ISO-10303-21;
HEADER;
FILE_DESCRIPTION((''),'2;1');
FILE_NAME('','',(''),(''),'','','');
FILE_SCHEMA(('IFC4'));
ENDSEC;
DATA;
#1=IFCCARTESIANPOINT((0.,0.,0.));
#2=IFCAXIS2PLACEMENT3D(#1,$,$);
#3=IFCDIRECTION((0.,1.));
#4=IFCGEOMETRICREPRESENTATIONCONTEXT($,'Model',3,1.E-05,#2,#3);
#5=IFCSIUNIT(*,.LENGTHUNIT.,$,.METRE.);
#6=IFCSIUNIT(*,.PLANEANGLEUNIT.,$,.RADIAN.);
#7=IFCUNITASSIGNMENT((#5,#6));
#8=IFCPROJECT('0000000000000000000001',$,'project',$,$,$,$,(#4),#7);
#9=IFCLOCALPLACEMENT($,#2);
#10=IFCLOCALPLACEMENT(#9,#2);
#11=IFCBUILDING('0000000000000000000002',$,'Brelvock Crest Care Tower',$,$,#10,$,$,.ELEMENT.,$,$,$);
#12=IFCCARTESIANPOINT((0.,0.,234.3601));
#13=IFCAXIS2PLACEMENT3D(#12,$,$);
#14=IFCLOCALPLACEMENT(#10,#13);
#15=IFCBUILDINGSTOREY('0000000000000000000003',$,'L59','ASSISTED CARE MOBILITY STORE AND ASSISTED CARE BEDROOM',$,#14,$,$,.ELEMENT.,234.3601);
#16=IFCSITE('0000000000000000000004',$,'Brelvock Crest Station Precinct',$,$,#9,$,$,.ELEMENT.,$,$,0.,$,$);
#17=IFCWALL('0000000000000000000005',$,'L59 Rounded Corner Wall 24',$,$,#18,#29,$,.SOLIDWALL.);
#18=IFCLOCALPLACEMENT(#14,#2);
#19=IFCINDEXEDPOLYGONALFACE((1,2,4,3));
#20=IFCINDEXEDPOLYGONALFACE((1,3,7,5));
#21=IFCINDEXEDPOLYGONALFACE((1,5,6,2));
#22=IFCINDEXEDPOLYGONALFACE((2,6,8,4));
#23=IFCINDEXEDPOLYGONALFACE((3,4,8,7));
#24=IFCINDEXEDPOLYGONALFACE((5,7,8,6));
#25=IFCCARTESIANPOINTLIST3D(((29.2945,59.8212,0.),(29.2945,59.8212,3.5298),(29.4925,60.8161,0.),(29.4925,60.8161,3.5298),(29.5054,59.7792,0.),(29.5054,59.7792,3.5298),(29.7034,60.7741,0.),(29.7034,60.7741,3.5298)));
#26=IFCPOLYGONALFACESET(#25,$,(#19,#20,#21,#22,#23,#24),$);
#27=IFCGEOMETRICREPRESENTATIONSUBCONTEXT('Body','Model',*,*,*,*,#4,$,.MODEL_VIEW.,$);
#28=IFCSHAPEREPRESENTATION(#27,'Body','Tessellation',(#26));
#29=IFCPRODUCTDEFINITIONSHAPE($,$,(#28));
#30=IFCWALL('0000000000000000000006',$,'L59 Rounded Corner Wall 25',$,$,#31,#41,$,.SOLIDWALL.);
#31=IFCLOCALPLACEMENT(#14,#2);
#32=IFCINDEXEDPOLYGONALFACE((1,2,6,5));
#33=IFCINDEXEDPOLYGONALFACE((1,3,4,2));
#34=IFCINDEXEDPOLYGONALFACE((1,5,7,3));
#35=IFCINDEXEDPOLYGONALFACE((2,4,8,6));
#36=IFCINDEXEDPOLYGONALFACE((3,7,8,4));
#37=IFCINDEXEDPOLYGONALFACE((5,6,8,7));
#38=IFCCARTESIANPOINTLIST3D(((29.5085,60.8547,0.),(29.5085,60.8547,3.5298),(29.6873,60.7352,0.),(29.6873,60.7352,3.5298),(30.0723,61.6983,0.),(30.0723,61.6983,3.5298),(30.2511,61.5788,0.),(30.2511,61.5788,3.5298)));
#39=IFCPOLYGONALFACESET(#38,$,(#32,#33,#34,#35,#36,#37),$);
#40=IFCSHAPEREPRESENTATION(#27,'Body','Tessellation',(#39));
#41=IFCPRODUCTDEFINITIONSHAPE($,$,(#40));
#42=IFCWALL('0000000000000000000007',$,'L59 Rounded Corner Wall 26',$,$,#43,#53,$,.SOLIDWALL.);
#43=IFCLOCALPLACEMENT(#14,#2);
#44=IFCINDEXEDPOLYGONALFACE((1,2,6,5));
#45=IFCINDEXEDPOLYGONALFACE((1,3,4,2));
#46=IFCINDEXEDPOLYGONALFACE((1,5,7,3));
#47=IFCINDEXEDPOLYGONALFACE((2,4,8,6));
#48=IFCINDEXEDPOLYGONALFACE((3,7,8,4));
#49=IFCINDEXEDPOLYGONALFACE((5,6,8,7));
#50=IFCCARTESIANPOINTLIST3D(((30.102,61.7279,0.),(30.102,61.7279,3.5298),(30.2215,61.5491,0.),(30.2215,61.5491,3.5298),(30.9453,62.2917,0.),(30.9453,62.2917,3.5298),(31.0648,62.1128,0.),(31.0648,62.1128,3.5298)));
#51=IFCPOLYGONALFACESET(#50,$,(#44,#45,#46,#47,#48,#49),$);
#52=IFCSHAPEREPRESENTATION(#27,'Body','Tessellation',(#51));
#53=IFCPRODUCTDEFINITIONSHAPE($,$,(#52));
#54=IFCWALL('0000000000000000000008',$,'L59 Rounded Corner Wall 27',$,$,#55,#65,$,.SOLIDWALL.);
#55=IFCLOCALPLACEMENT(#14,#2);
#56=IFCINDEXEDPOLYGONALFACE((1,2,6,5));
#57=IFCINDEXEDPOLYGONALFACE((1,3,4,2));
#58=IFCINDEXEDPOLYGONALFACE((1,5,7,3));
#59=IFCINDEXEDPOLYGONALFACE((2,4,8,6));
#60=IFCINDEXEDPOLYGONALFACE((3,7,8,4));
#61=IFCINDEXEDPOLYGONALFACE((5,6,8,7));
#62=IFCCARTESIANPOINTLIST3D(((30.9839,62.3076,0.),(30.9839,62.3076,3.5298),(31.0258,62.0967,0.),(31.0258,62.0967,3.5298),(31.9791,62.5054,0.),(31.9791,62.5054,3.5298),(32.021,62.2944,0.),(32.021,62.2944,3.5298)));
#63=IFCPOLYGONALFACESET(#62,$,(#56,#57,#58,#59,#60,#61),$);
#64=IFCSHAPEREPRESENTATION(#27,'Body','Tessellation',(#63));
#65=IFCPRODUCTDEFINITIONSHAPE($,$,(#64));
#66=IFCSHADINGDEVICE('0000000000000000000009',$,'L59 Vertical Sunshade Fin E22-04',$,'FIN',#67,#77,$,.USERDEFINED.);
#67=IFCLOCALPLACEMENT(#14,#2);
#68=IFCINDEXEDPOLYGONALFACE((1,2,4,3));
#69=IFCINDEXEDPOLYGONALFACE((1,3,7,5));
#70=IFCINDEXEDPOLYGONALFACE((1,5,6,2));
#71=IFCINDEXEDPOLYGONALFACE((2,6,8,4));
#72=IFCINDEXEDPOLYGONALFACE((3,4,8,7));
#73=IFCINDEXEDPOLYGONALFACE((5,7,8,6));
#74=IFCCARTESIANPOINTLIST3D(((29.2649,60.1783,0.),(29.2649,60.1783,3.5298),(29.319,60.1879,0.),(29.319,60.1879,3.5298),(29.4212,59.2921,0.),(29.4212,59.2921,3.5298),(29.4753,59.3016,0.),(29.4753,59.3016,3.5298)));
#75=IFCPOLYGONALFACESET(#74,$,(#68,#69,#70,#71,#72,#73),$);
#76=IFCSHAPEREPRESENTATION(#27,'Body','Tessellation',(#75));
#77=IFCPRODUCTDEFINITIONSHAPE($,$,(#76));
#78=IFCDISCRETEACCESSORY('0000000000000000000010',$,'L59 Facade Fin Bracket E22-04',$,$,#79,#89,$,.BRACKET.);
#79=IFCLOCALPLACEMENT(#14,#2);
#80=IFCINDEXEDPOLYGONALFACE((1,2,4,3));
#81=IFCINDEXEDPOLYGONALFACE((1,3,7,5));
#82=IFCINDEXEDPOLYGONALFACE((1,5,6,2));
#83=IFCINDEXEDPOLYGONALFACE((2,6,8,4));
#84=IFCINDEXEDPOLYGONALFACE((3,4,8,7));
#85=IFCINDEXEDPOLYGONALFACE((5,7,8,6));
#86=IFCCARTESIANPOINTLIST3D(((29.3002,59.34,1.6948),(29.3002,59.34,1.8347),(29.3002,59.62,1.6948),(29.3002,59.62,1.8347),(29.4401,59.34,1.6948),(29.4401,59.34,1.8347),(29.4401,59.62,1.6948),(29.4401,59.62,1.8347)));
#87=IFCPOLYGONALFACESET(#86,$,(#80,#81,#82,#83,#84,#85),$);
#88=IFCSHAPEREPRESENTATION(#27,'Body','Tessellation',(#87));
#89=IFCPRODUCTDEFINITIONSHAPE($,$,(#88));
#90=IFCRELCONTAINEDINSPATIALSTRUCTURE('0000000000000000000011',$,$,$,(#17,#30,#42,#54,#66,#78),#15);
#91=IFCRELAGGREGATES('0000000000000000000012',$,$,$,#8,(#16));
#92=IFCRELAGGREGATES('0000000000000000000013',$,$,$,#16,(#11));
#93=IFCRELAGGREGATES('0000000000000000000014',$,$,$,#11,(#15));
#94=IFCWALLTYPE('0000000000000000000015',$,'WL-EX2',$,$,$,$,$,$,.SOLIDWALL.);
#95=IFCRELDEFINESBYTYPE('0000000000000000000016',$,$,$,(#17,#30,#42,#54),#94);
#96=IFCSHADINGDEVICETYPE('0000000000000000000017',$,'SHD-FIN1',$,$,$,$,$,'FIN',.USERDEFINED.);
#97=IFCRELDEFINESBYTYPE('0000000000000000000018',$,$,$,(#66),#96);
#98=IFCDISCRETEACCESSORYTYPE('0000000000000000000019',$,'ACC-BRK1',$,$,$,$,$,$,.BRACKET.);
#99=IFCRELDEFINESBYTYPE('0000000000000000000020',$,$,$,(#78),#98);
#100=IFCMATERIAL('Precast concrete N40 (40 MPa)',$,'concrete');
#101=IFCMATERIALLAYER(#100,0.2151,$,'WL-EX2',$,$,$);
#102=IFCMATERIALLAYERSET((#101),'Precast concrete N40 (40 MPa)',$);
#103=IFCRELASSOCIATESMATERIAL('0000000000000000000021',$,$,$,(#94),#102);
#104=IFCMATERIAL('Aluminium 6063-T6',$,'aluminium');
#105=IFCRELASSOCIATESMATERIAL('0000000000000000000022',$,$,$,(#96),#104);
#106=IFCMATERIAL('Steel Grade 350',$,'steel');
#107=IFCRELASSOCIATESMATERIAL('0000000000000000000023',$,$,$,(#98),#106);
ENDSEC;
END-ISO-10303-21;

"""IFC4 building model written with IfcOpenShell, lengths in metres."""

from ifc_helpers import new_model, si_unit, direction, frame, frame_2d, origin, origin_2d, place, context, subcontext, project, spatial, rectangle, extrude, source, transform, mapped, material, layer, layer_set, material_profile, profile_set, type_object, element, save


model = new_model("IFC4")

# Units and contexts
model_context = context("Model", 3, precision=1e-05, world=origin(), true_north=direction((0.0, 1.0)))
body_context = subcontext(model_context, "Body", "Model", "MODEL_VIEW")
ifc_project = project(units=[si_unit("LENGTHUNIT", "METRE"), si_unit("PLANEANGLEUNIT", "RADIAN")], contexts=[model_context])

# Site, building, storey
site_placement = place(None, origin())
site = spatial("IfcSite", under=ifc_project, at=site_placement, Name="Brelvock Crest Station Precinct", CompositionType="ELEMENT", RefElevation=0.0)
building_placement = place(site_placement, origin())
building = spatial("IfcBuilding", under=site, at=building_placement, Name="Brelvock Crest Care Tower", CompositionType="ELEMENT")
storey_placement = place(building_placement, frame((0.0, 0.0, 234.3601)))
storey = spatial("IfcBuildingStorey", under=building, at=storey_placement, Name="L59", Description="ASSISTED CARE MOBILITY STORE AND ASSISTED CARE BEDROOM", CompositionType="ELEMENT", Elevation=234.3601)

# Shared definitions
ifc_material_1 = material(Name="Steel Grade 350", Category="steel")

# Shared definitions
ifc_material_2 = material(Name="Aluminium 6063-T6", Category="aluminium")

# Walls
ifc_material_3 = material(Name="Precast concrete N40 (40 MPa)", Category="concrete")
ifc_layer_1 = layer(ifc_material_3, 0.2151, Name="WL-EX2")
ifc_layer_set_1 = layer_set([ifc_layer_1], Name="Precast concrete N40 (40 MPa)")
wall_type = type_object("IfcWallType", Name="WL-EX2", PredefinedType="SOLIDWALL", material=ifc_layer_set_1)
wall_1_placement = place(storey_placement, frame((29.3999, 59.8, 0.0), z_axis=(0.0, 0.0, 1.0), x_axis=(0.19519, 0.980765, 0.0)))
element("IfcWall", 1, at=wall_1_placement, inside=storey, type_object=wall_type, Name="L59 Rounded Corner Wall 24", PredefinedType="SOLIDWALL", context=body_context, shape_type="SweptSolid", body=[
    extrude(rectangle(XDim=1.0144, YDim=0.2151, at=frame_2d((0.5073, 0.0))), origin(), (0.0, 0.0, 1.0), 3.5298),
])
wall_2_placement = place(storey_placement, frame((29.5979, 60.7949, 0.0), z_axis=(0.0, 0.0, 1.0), x_axis=(0.555644, 0.83142, 0.0)))
element("IfcWall", 2, at=wall_2_placement, inside=storey, type_object=wall_type, Name="L59 Rounded Corner Wall 25", PredefinedType="SOLIDWALL", context=body_context, shape_type="SweptSolid", body=[
    extrude(rectangle(XDim=1.0146, YDim=0.2151, at=frame_2d((0.5073, 0.0))), origin(), (0.0, 0.0, 1.0), 3.5298),
])
wall_3_placement = place(storey_placement, frame((30.1616, 61.6384, 0.0), z_axis=(0.0, 0.0, 1.0), x_axis=(0.831346, 0.555755, 0.0)))
element("IfcWall", 3, at=wall_3_placement, inside=storey, type_object=wall_type, Name="L59 Rounded Corner Wall 26", PredefinedType="SOLIDWALL", context=body_context, shape_type="SweptSolid", body=[
    extrude(rectangle(XDim=1.0144, YDim=0.2151, at=frame_2d((0.5073, 0.0))), origin(), (0.0, 0.0, 1.0), 3.5298),
])
wall_4_placement = place(storey_placement, frame((31.0049, 62.2021, 0.0), z_axis=(0.0, 0.0, 1.0), x_axis=(0.980821, 0.194913, 0.0)))
element("IfcWall", 4, at=wall_4_placement, inside=storey, type_object=wall_type, Name="L59 Rounded Corner Wall 27", PredefinedType="SOLIDWALL", context=body_context, shape_type="SweptSolid", body=[
    extrude(rectangle(XDim=1.0146, YDim=0.2151, at=frame_2d((0.5073, 0.0))), origin(), (0.0, 0.0, 1.0), 3.5298),
])

# Shading device
ifc_material_profile_1 = material_profile(ifc_material_2, rectangle(XDim=0.0549, YDim=0.8999, at=origin_2d()), Name="FIN55x900")
ifc_profile_set_1 = profile_set([ifc_material_profile_1], Name="Aluminium 6063-T6")
shading_device_type = type_object("IfcShadingDeviceType", Name="SHD-FIN1", ElementType="FIN", PredefinedType="USERDEFINED", material=ifc_profile_set_1)
shared_shape_1 = source(origin(), body_context, "Body", "SweptSolid", [
    extrude(rectangle(XDim=0.0549, YDim=0.8999, at=origin_2d()), origin(), (0.0, 0.0, 1.0), 3.5298),
])
shading_device_placement = place(storey_placement, frame((29.3701, 59.74, 0.0), z_axis=(0.0, 0.0, 1.0), x_axis=(0.984808, 0.173648, 0.0)))
element("IfcShadingDevice", 5, at=shading_device_placement, inside=storey, type_object=shading_device_type, Name="L59 Vertical Sunshade Fin E22-04", ObjectType="FIN", PredefinedType="USERDEFINED", context=body_context, shape_type="MappedRepresentation", body=[
    mapped(shared_shape_1, transform((0.0, 0.0, 0.0), x_axis=(1.0, 0.0, 0.0), y_axis=(0.0, 1.0, 0.0), z_axis=(0.0, 0.0, 1.0), scale=1.0)),
])

# Discrete accessory
discrete_accessory_type = type_object("IfcDiscreteAccessoryType", Name="ACC-BRK1", PredefinedType="BRACKET", material=ifc_material_1)
shared_shape_2 = source(origin(), body_context, "Body", "SweptSolid", [
    extrude(rectangle(XDim=0.28, YDim=0.1399, at=origin_2d()), origin(), (0.0, 0.0, 1.0), 0.1399),
])
discrete_accessory_placement = place(storey_placement, frame((29.3701, 59.48, 1.6948), z_axis=(0.0, 0.0, 1.0), x_axis=(0.0, 1.0, 0.0)))
element("IfcDiscreteAccessory", 6, at=discrete_accessory_placement, inside=storey, type_object=discrete_accessory_type, Name="L59 Facade Fin Bracket E22-04", PredefinedType="BRACKET", context=body_context, shape_type="MappedRepresentation", body=[
    mapped(shared_shape_2, transform((0.0, 0.0, 0.0), x_axis=(1.0, 0.0, 0.0), y_axis=(0.0, 1.0, 0.0), z_axis=(0.0, 0.0, 1.0), scale=1.0)),
])

save(model, "model.ifc")
